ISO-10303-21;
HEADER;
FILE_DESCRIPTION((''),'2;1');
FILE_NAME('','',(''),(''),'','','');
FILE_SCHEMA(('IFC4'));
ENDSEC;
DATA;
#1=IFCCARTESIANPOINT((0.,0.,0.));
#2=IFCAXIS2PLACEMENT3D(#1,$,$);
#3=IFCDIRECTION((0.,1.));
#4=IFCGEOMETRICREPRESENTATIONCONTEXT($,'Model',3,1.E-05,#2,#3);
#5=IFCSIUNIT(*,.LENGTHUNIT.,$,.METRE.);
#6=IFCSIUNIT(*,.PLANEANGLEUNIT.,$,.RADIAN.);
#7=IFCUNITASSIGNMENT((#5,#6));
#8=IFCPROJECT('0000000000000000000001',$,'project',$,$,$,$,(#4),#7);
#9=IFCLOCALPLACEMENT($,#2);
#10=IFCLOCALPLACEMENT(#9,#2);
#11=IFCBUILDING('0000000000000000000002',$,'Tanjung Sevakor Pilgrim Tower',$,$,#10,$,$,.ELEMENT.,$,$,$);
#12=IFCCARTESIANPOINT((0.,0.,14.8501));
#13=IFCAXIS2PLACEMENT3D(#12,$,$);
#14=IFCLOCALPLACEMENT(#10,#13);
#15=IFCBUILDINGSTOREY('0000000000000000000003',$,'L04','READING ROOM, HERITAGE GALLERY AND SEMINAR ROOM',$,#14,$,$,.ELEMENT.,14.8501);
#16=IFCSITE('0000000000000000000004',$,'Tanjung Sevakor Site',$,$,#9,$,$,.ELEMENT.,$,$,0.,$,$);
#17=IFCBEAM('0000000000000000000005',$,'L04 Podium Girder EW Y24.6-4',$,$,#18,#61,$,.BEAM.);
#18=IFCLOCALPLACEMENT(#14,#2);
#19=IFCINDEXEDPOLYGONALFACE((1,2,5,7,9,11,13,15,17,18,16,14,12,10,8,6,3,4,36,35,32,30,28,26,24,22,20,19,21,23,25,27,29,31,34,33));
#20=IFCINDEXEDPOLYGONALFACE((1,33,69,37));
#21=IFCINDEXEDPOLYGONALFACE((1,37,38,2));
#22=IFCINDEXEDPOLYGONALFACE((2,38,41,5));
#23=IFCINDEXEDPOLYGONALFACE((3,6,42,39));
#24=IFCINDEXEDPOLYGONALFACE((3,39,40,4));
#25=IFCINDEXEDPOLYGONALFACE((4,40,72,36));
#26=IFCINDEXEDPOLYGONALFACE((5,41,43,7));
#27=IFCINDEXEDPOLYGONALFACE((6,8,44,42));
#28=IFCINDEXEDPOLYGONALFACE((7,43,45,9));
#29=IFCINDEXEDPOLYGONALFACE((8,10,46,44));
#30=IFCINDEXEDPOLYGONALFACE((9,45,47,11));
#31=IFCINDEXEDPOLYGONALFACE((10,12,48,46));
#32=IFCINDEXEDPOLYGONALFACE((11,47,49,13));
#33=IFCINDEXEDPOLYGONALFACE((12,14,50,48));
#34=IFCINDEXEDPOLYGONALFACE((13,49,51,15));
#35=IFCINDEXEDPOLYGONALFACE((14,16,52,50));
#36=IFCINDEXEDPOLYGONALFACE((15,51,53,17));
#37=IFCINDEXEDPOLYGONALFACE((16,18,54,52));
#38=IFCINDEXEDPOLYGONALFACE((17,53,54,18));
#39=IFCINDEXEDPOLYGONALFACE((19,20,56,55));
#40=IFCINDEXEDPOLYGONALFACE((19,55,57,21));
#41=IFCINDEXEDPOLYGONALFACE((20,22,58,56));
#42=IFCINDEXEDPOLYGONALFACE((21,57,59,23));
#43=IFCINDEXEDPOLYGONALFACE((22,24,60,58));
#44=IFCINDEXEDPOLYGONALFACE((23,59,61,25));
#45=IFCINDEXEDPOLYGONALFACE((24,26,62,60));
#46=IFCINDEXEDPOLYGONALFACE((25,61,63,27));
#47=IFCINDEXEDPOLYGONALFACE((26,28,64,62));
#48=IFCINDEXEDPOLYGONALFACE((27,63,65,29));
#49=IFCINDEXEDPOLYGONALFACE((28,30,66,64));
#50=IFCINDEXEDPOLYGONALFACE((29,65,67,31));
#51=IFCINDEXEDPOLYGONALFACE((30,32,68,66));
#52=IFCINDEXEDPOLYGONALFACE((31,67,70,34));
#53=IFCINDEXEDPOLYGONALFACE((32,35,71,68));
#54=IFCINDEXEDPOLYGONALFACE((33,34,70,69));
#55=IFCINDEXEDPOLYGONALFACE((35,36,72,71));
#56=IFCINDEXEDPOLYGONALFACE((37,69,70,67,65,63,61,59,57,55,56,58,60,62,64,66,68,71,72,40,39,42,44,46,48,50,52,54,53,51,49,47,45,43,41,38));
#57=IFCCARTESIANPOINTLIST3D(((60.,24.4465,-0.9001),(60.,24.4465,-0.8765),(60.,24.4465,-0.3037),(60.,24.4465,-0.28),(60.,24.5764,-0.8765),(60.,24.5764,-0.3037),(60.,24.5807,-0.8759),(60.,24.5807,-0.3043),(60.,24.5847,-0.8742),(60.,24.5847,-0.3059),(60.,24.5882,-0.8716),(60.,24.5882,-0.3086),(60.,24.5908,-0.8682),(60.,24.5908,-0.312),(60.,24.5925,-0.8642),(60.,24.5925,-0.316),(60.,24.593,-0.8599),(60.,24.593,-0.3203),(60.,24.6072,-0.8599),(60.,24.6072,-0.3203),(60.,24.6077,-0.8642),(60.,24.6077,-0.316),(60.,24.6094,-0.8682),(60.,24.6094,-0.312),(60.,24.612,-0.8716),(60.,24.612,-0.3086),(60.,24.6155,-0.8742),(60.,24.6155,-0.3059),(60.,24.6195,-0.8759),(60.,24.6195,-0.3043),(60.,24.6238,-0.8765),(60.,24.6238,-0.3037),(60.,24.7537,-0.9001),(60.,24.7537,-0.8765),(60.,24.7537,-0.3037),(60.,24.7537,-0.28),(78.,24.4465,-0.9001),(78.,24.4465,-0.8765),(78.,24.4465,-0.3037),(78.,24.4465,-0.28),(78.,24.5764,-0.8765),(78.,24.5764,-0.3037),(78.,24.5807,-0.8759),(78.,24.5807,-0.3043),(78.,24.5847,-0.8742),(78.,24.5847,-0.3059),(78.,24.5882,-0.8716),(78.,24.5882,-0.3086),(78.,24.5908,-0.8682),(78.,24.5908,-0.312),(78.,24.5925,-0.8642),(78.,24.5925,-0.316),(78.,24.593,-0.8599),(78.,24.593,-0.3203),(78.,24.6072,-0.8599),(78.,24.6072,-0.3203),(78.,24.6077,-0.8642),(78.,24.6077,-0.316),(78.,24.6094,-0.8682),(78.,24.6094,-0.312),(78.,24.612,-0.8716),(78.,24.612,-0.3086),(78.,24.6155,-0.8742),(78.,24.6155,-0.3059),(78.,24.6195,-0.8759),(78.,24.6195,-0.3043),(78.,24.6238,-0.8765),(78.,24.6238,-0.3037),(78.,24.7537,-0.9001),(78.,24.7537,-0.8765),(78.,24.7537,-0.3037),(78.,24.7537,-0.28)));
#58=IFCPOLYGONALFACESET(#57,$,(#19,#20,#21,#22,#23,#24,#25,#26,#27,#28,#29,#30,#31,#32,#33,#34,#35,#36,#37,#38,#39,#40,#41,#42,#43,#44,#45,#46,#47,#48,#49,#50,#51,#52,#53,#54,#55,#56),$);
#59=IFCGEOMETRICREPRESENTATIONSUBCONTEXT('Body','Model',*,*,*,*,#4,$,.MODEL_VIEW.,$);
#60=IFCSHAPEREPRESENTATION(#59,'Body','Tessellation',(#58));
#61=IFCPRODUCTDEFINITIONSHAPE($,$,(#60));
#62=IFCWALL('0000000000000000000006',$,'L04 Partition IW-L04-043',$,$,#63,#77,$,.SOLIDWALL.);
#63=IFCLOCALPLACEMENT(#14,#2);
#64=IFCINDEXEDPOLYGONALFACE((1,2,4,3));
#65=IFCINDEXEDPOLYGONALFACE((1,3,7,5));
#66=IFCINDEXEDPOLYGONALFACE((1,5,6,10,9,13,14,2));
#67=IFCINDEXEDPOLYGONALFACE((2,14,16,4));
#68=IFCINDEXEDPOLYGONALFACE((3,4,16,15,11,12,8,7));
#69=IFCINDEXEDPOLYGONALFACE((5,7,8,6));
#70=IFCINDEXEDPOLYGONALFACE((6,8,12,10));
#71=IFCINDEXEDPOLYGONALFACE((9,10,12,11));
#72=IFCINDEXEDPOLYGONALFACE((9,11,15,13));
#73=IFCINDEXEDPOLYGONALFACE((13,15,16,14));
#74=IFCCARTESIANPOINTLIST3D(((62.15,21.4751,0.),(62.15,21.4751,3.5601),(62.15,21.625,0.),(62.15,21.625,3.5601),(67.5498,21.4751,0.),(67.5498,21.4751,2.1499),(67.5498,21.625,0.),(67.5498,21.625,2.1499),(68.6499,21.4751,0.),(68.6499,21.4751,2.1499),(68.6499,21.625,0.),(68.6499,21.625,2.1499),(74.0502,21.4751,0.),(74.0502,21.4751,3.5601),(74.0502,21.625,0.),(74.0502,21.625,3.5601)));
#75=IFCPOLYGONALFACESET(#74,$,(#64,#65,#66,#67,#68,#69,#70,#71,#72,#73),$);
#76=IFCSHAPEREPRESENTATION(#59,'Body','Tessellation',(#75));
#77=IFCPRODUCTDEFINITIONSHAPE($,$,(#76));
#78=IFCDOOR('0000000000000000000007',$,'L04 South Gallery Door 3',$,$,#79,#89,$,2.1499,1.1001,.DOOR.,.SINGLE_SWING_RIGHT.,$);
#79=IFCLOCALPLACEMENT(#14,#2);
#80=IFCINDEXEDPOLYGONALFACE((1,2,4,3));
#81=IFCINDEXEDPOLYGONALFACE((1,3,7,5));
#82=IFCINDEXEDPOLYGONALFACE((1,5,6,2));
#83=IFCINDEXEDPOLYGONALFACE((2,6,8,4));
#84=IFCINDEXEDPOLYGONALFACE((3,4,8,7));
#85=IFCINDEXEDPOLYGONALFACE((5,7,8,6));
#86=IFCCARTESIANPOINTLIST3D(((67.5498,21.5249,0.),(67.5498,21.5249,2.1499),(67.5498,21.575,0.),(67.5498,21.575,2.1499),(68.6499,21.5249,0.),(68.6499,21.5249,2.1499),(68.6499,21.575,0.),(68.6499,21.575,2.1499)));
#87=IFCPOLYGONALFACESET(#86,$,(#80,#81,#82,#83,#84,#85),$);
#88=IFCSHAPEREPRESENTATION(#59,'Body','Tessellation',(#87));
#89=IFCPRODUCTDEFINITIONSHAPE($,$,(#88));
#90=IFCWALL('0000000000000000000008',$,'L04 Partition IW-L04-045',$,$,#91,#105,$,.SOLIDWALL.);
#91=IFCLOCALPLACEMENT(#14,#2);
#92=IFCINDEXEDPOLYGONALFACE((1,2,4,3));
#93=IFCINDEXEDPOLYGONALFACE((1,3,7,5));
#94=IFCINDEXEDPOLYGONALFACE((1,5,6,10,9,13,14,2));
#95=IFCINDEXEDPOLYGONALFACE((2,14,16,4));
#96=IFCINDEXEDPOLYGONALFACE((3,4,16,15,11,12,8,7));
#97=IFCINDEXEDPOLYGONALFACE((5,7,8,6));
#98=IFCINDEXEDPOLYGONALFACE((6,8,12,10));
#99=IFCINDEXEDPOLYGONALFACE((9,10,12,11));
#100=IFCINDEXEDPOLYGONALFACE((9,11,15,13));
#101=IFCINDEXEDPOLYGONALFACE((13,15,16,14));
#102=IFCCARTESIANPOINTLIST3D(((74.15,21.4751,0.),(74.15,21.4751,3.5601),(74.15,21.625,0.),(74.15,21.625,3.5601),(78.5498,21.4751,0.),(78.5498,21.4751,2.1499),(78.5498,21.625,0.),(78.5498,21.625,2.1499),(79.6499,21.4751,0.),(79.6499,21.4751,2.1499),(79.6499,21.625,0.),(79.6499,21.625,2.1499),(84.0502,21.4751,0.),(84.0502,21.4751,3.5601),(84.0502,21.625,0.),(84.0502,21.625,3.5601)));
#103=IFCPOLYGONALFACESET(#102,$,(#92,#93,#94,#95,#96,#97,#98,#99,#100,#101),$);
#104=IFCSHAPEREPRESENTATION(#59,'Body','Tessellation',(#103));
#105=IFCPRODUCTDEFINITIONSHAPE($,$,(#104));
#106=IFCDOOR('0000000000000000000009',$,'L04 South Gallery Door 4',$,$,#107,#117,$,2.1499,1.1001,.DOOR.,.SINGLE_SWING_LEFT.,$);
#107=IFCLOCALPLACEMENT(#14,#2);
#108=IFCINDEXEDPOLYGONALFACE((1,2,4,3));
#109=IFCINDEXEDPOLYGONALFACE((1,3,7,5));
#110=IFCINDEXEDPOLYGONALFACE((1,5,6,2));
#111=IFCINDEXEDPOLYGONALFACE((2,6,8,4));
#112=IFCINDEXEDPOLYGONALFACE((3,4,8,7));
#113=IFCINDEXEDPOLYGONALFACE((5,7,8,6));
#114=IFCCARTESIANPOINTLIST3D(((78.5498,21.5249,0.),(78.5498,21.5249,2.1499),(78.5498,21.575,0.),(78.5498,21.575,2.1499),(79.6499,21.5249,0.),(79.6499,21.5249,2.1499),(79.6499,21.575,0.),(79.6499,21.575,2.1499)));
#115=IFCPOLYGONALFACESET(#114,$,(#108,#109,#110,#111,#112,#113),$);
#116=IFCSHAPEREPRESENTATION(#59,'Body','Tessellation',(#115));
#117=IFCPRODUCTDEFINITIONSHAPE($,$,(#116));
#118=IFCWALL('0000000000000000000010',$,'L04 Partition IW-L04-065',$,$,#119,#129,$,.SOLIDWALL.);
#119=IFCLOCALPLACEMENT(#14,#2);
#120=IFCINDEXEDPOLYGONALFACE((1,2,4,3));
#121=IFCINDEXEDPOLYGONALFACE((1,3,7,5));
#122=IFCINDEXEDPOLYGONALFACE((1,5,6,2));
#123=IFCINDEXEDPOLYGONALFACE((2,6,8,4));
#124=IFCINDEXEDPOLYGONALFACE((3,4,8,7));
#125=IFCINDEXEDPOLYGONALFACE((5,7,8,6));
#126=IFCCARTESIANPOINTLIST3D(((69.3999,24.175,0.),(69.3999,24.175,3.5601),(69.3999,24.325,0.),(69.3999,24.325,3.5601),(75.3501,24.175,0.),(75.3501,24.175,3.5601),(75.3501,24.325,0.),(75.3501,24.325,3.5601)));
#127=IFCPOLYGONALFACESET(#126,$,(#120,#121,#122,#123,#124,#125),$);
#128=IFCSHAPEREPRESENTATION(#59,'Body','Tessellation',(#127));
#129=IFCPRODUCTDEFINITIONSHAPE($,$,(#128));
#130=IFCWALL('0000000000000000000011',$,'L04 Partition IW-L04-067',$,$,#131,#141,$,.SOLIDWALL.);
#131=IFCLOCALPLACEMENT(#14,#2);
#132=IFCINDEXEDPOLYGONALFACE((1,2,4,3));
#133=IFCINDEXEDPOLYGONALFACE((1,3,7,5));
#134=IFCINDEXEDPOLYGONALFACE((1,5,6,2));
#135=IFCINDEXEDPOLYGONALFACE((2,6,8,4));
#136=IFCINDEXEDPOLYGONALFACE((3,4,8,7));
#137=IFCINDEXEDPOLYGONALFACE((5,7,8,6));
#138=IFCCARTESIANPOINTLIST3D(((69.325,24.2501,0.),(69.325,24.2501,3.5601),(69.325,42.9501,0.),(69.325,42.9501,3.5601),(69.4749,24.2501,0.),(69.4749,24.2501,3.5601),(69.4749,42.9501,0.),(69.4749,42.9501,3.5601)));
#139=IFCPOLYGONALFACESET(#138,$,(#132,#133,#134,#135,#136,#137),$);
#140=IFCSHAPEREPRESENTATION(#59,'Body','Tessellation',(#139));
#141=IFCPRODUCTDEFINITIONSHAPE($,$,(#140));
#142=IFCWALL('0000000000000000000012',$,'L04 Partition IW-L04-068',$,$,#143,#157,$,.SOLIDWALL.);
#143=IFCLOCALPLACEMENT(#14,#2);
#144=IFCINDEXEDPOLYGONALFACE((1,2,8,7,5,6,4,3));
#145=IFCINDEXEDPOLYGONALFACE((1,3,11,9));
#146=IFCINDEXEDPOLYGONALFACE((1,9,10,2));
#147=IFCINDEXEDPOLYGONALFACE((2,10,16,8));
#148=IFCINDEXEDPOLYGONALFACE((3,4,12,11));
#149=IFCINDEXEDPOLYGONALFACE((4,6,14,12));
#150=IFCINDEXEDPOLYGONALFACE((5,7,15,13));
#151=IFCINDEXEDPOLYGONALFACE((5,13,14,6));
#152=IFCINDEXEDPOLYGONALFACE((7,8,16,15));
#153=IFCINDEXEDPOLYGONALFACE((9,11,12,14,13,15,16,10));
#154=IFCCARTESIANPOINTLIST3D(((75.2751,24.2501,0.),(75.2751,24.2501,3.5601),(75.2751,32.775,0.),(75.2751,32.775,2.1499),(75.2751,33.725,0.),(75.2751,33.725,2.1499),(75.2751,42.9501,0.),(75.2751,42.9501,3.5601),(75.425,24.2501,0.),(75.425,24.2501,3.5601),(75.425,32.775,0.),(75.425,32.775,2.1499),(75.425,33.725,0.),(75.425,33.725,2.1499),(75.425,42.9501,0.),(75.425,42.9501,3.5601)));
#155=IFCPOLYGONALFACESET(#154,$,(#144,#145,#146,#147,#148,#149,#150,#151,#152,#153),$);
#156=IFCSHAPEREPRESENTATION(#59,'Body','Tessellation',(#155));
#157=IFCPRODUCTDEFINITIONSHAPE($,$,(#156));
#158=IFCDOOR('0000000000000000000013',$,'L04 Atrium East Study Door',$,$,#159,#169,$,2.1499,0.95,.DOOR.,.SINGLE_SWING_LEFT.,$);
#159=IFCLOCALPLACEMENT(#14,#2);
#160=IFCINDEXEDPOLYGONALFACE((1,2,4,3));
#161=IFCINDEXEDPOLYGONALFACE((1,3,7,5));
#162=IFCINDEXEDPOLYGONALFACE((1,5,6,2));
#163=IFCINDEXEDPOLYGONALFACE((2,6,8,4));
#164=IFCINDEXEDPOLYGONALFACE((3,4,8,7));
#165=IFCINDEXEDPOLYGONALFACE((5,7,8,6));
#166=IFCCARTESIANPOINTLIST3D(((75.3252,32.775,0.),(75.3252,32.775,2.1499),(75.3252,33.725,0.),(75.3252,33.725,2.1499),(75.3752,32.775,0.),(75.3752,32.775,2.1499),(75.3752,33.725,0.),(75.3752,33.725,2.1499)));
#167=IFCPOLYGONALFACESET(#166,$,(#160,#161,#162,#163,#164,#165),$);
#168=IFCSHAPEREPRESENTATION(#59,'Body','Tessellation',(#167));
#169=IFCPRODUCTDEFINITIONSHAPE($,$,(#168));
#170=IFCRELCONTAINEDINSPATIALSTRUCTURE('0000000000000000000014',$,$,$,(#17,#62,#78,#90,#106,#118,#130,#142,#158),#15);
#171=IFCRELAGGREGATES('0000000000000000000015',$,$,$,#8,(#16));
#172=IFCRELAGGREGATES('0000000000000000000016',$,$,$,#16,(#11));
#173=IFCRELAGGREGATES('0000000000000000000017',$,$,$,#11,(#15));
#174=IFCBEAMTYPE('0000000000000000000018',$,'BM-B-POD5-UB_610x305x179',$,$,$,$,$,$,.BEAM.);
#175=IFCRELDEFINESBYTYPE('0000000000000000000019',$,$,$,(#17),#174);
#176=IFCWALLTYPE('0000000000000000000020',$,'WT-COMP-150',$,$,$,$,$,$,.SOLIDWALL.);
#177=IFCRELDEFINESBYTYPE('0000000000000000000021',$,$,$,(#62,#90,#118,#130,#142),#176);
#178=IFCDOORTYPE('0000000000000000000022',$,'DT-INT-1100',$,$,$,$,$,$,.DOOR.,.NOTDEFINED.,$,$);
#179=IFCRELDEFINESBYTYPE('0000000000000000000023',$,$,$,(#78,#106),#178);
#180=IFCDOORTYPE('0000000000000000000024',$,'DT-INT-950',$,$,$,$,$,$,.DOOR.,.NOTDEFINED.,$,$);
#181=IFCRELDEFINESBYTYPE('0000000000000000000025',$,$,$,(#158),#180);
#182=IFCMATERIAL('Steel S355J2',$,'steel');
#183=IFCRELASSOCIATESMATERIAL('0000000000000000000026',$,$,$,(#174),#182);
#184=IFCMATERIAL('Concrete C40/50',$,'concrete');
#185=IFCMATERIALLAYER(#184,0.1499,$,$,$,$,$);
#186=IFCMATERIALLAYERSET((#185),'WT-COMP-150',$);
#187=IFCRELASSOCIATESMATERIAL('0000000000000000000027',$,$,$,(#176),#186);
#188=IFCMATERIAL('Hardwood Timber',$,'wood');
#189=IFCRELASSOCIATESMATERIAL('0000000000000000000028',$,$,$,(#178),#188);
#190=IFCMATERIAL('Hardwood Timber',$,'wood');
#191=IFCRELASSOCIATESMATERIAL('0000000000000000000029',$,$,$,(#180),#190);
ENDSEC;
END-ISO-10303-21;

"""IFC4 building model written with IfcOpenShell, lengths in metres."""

from ifc_helpers import new_model, si_unit, direction, frame, frame_2d, origin, origin_2d, place, context, subcontext, project, spatial, rectangle, i_section, extrude, material, layer, layer_set, material_profile, profile_set, type_object, element, fill, save


model = new_model("IFC4")

# Units and contexts
model_context = context("Model", 3, precision=1e-05, world=origin(), true_north=direction((0.0, 1.0)))
body_context = subcontext(model_context, "Body", "Model", "MODEL_VIEW")
ifc_project = project(units=[si_unit("LENGTHUNIT", "METRE"), si_unit("PLANEANGLEUNIT", "RADIAN")], contexts=[model_context])

# Site, building, storey
site_placement = place(None, origin())
site = spatial("IfcSite", under=ifc_project, at=site_placement, Name="Tanjung Sevakor Site", CompositionType="ELEMENT", RefElevation=0.0)
building_placement = place(site_placement, origin())
building = spatial("IfcBuilding", under=site, at=building_placement, Name="Tanjung Sevakor Pilgrim Tower", CompositionType="ELEMENT")
storey_placement = place(building_placement, frame((0.0, 0.0, 14.8501)))
storey = spatial("IfcBuildingStorey", under=building, at=storey_placement, Name="L04", Description="READING ROOM, HERITAGE GALLERY AND SEMINAR ROOM", CompositionType="ELEMENT", Elevation=14.8501)

# Beam
ifc_material_1 = material(Name="Steel S355J2", Category="steel")
ifc_material_profile_1 = material_profile(ifc_material_1, i_section(OverallWidth=0.3071, OverallDepth=0.6201, WebThickness=0.0142, FlangeThickness=0.0237, FilletRadius=0.0166, at=origin_2d()))
ifc_profile_set_1 = profile_set([ifc_material_profile_1], Name="Steel S355J2")
beam_type_1 = type_object("IfcBeamType", Name="BM-B-POD5-UB_610x305x179", PredefinedType="BEAM", material=ifc_profile_set_1)
beam_placement = place(storey_placement, frame((60.0, 24.6001, -0.5901), z_axis=(1.0, 0.0, 0.0), x_axis=(0.0, 1.0, 0.0)))
element("IfcBeam", 1, at=beam_placement, inside=storey, type_object=beam_type_1, Name="L04 Podium Girder EW Y24.6-4", PredefinedType="BEAM", context=body_context, shape_type="SweptSolid", body=[
    extrude(i_section(OverallWidth=0.3071, OverallDepth=0.6201, WebThickness=0.0142, FlangeThickness=0.0237, FilletRadius=0.0166, at=origin_2d()), origin(), (0.0, 0.0, 1.0), 18.0),
])

# Walls, openings, doors
ifc_material_2 = material(Name="Concrete C40/50", Category="concrete")
ifc_layer = layer(ifc_material_2, 0.1499)
ifc_layer_set = layer_set([ifc_layer], Name="WT-COMP-150")
wall_type = type_object("IfcWallType", Name="WT-COMP-150", PredefinedType="SOLIDWALL", material=ifc_layer_set)
wall_1_placement = place(storey_placement, frame((62.1499, 21.55, 0.0), z_axis=(0.0, 0.0, 1.0), x_axis=(1.0, 0.0, 0.0)))
wall_1 = element("IfcWall", 2, at=wall_1_placement, inside=storey, type_object=wall_type, Name="L04 Partition IW-L04-043", PredefinedType="SOLIDWALL", context=body_context, shape_type="SweptSolid", body=[
    extrude(rectangle(XDim=11.9001, YDim=0.1499, at=frame_2d((5.9502, 0.0))), origin(), (0.0, 0.0, 1.0), 3.5601),
])
opening_1_placement = place(wall_1_placement, frame((5.3999, 0.0, 0.0)))
opening_1 = element("IfcOpeningElement", 3, at=opening_1_placement, cuts=wall_1, PredefinedType="OPENING", context=body_context, shape_type="SweptSolid", body=[
    extrude(rectangle(XDim=1.1001, YDim=2.1499, at=frame_2d((0.55, 1.075))), frame((0.0, 0.085, 0.0), z_axis=(0.0, -1.0, 0.0), x_axis=(1.0, 0.0, 0.0)), (0.0, 0.0, 1.0), 0.1699),
])
ifc_material_3 = material(Name="Hardwood Timber", Category="wood")
door_type_1 = type_object("IfcDoorType", Name="DT-INT-1100", OperationType="NOTDEFINED", PredefinedType="DOOR", material=ifc_material_3)
door_1_placement = place(opening_1_placement, origin())
door_1 = element("IfcDoor", 4, at=door_1_placement, inside=storey, type_object=door_type_1, Name="L04 South Gallery Door 3", OperationType="SINGLE_SWING_RIGHT", OverallHeight=2.1499, OverallWidth=1.1001, PredefinedType="DOOR", context=body_context, shape_type="SweptSolid", body=[
    extrude(rectangle(XDim=1.1001, YDim=2.1499, at=frame_2d((0.55, 1.075))), frame((0.0, 0.0249, 0.0), z_axis=(0.0, -1.0, 0.0), x_axis=(1.0, 0.0, 0.0)), (0.0, 0.0, 1.0), 0.05),
])
fill(opening_1, door_1)
wall_2_placement = place(storey_placement, frame((74.1499, 21.55, 0.0), z_axis=(0.0, 0.0, 1.0), x_axis=(1.0, 0.0, 0.0)))
wall_2 = element("IfcWall", 5, at=wall_2_placement, inside=storey, type_object=wall_type, Name="L04 Partition IW-L04-045", PredefinedType="SOLIDWALL", context=body_context, shape_type="SweptSolid", body=[
    extrude(rectangle(XDim=9.9001, YDim=0.1499, at=frame_2d((4.9502, 0.0))), origin(), (0.0, 0.0, 1.0), 3.5601),
])
opening_2_placement = place(wall_2_placement, frame((4.3999, 0.0, 0.0)))
opening_2 = element("IfcOpeningElement", 6, at=opening_2_placement, cuts=wall_2, PredefinedType="OPENING", context=body_context, shape_type="SweptSolid", body=[
    extrude(rectangle(XDim=1.1001, YDim=2.1499, at=frame_2d((0.55, 1.075))), frame((0.0, 0.085, 0.0), z_axis=(0.0, -1.0, 0.0), x_axis=(1.0, 0.0, 0.0)), (0.0, 0.0, 1.0), 0.1699),
])
door_2_placement = place(opening_2_placement, origin())
door_2 = element("IfcDoor", 7, at=door_2_placement, inside=storey, type_object=door_type_1, Name="L04 South Gallery Door 4", OperationType="SINGLE_SWING_LEFT", OverallHeight=2.1499, OverallWidth=1.1001, PredefinedType="DOOR", context=body_context, shape_type="SweptSolid", body=[
    extrude(rectangle(XDim=1.1001, YDim=2.1499, at=frame_2d((0.55, 1.075))), frame((0.0, 0.0249, 0.0), z_axis=(0.0, -1.0, 0.0), x_axis=(1.0, 0.0, 0.0)), (0.0, 0.0, 1.0), 0.05),
])
fill(opening_2, door_2)

# Walls
wall_3_placement = place(storey_placement, frame((69.3999, 24.25, 0.0), z_axis=(0.0, 0.0, 1.0), x_axis=(1.0, 0.0, 0.0)))
element("IfcWall", 8, at=wall_3_placement, inside=storey, type_object=wall_type, Name="L04 Partition IW-L04-065", PredefinedType="SOLIDWALL", context=body_context, shape_type="SweptSolid", body=[
    extrude(rectangle(XDim=5.9502, YDim=0.1499, at=frame_2d((2.9751, 0.0))), origin(), (0.0, 0.0, 1.0), 3.5601),
])
wall_4_placement = place(storey_placement, frame((69.3999, 24.25, 0.0), z_axis=(0.0, 0.0, 1.0), x_axis=(0.0, 1.0, 0.0)))
element("IfcWall", 9, at=wall_4_placement, inside=storey, type_object=wall_type, Name="L04 Partition IW-L04-067", PredefinedType="SOLIDWALL", context=body_context, shape_type="SweptSolid", body=[
    extrude(rectangle(XDim=18.7, YDim=0.1499, at=frame_2d((9.3501, 0.0))), origin(), (0.0, 0.0, 1.0), 3.5601),
])

# Wall, opening, door
wall_5_placement = place(storey_placement, frame((75.3501, 24.25, 0.0), z_axis=(0.0, 0.0, 1.0), x_axis=(0.0, 1.0, 0.0)))
wall_5 = element("IfcWall", 10, at=wall_5_placement, inside=storey, type_object=wall_type, Name="L04 Partition IW-L04-068", PredefinedType="SOLIDWALL", context=body_context, shape_type="SweptSolid", body=[
    extrude(rectangle(XDim=18.7, YDim=0.1499, at=frame_2d((9.3501, 0.0))), origin(), (0.0, 0.0, 1.0), 3.5601),
])
opening_3_placement = place(wall_5_placement, frame((8.5249, 0.0, 0.0)))
opening_3 = element("IfcOpeningElement", 11, at=opening_3_placement, cuts=wall_5, PredefinedType="OPENING", context=body_context, shape_type="SweptSolid", body=[
    extrude(rectangle(XDim=0.95, YDim=2.1499, at=frame_2d((0.4751, 1.075))), frame((0.0, 0.085, 0.0), z_axis=(0.0, -1.0, 0.0), x_axis=(1.0, 0.0, 0.0)), (0.0, 0.0, 1.0), 0.1699),
])
ifc_material_4 = material(Name="Hardwood Timber", Category="wood")
door_type_2 = type_object("IfcDoorType", Name="DT-INT-950", OperationType="NOTDEFINED", PredefinedType="DOOR", material=ifc_material_4)
door_3_placement = place(opening_3_placement, origin())
door_3 = element("IfcDoor", 12, at=door_3_placement, inside=storey, type_object=door_type_2, Name="L04 Atrium East Study Door", OperationType="SINGLE_SWING_LEFT", OverallHeight=2.1499, OverallWidth=0.95, PredefinedType="DOOR", context=body_context, shape_type="SweptSolid", body=[
    extrude(rectangle(XDim=0.95, YDim=2.1499, at=frame_2d((0.4751, 1.075))), frame((0.0, 0.0249, 0.0), z_axis=(0.0, -1.0, 0.0), x_axis=(1.0, 0.0, 0.0)), (0.0, 0.0, 1.0), 0.05),
])
fill(opening_3, door_3)

save(model, "model.ifc")
